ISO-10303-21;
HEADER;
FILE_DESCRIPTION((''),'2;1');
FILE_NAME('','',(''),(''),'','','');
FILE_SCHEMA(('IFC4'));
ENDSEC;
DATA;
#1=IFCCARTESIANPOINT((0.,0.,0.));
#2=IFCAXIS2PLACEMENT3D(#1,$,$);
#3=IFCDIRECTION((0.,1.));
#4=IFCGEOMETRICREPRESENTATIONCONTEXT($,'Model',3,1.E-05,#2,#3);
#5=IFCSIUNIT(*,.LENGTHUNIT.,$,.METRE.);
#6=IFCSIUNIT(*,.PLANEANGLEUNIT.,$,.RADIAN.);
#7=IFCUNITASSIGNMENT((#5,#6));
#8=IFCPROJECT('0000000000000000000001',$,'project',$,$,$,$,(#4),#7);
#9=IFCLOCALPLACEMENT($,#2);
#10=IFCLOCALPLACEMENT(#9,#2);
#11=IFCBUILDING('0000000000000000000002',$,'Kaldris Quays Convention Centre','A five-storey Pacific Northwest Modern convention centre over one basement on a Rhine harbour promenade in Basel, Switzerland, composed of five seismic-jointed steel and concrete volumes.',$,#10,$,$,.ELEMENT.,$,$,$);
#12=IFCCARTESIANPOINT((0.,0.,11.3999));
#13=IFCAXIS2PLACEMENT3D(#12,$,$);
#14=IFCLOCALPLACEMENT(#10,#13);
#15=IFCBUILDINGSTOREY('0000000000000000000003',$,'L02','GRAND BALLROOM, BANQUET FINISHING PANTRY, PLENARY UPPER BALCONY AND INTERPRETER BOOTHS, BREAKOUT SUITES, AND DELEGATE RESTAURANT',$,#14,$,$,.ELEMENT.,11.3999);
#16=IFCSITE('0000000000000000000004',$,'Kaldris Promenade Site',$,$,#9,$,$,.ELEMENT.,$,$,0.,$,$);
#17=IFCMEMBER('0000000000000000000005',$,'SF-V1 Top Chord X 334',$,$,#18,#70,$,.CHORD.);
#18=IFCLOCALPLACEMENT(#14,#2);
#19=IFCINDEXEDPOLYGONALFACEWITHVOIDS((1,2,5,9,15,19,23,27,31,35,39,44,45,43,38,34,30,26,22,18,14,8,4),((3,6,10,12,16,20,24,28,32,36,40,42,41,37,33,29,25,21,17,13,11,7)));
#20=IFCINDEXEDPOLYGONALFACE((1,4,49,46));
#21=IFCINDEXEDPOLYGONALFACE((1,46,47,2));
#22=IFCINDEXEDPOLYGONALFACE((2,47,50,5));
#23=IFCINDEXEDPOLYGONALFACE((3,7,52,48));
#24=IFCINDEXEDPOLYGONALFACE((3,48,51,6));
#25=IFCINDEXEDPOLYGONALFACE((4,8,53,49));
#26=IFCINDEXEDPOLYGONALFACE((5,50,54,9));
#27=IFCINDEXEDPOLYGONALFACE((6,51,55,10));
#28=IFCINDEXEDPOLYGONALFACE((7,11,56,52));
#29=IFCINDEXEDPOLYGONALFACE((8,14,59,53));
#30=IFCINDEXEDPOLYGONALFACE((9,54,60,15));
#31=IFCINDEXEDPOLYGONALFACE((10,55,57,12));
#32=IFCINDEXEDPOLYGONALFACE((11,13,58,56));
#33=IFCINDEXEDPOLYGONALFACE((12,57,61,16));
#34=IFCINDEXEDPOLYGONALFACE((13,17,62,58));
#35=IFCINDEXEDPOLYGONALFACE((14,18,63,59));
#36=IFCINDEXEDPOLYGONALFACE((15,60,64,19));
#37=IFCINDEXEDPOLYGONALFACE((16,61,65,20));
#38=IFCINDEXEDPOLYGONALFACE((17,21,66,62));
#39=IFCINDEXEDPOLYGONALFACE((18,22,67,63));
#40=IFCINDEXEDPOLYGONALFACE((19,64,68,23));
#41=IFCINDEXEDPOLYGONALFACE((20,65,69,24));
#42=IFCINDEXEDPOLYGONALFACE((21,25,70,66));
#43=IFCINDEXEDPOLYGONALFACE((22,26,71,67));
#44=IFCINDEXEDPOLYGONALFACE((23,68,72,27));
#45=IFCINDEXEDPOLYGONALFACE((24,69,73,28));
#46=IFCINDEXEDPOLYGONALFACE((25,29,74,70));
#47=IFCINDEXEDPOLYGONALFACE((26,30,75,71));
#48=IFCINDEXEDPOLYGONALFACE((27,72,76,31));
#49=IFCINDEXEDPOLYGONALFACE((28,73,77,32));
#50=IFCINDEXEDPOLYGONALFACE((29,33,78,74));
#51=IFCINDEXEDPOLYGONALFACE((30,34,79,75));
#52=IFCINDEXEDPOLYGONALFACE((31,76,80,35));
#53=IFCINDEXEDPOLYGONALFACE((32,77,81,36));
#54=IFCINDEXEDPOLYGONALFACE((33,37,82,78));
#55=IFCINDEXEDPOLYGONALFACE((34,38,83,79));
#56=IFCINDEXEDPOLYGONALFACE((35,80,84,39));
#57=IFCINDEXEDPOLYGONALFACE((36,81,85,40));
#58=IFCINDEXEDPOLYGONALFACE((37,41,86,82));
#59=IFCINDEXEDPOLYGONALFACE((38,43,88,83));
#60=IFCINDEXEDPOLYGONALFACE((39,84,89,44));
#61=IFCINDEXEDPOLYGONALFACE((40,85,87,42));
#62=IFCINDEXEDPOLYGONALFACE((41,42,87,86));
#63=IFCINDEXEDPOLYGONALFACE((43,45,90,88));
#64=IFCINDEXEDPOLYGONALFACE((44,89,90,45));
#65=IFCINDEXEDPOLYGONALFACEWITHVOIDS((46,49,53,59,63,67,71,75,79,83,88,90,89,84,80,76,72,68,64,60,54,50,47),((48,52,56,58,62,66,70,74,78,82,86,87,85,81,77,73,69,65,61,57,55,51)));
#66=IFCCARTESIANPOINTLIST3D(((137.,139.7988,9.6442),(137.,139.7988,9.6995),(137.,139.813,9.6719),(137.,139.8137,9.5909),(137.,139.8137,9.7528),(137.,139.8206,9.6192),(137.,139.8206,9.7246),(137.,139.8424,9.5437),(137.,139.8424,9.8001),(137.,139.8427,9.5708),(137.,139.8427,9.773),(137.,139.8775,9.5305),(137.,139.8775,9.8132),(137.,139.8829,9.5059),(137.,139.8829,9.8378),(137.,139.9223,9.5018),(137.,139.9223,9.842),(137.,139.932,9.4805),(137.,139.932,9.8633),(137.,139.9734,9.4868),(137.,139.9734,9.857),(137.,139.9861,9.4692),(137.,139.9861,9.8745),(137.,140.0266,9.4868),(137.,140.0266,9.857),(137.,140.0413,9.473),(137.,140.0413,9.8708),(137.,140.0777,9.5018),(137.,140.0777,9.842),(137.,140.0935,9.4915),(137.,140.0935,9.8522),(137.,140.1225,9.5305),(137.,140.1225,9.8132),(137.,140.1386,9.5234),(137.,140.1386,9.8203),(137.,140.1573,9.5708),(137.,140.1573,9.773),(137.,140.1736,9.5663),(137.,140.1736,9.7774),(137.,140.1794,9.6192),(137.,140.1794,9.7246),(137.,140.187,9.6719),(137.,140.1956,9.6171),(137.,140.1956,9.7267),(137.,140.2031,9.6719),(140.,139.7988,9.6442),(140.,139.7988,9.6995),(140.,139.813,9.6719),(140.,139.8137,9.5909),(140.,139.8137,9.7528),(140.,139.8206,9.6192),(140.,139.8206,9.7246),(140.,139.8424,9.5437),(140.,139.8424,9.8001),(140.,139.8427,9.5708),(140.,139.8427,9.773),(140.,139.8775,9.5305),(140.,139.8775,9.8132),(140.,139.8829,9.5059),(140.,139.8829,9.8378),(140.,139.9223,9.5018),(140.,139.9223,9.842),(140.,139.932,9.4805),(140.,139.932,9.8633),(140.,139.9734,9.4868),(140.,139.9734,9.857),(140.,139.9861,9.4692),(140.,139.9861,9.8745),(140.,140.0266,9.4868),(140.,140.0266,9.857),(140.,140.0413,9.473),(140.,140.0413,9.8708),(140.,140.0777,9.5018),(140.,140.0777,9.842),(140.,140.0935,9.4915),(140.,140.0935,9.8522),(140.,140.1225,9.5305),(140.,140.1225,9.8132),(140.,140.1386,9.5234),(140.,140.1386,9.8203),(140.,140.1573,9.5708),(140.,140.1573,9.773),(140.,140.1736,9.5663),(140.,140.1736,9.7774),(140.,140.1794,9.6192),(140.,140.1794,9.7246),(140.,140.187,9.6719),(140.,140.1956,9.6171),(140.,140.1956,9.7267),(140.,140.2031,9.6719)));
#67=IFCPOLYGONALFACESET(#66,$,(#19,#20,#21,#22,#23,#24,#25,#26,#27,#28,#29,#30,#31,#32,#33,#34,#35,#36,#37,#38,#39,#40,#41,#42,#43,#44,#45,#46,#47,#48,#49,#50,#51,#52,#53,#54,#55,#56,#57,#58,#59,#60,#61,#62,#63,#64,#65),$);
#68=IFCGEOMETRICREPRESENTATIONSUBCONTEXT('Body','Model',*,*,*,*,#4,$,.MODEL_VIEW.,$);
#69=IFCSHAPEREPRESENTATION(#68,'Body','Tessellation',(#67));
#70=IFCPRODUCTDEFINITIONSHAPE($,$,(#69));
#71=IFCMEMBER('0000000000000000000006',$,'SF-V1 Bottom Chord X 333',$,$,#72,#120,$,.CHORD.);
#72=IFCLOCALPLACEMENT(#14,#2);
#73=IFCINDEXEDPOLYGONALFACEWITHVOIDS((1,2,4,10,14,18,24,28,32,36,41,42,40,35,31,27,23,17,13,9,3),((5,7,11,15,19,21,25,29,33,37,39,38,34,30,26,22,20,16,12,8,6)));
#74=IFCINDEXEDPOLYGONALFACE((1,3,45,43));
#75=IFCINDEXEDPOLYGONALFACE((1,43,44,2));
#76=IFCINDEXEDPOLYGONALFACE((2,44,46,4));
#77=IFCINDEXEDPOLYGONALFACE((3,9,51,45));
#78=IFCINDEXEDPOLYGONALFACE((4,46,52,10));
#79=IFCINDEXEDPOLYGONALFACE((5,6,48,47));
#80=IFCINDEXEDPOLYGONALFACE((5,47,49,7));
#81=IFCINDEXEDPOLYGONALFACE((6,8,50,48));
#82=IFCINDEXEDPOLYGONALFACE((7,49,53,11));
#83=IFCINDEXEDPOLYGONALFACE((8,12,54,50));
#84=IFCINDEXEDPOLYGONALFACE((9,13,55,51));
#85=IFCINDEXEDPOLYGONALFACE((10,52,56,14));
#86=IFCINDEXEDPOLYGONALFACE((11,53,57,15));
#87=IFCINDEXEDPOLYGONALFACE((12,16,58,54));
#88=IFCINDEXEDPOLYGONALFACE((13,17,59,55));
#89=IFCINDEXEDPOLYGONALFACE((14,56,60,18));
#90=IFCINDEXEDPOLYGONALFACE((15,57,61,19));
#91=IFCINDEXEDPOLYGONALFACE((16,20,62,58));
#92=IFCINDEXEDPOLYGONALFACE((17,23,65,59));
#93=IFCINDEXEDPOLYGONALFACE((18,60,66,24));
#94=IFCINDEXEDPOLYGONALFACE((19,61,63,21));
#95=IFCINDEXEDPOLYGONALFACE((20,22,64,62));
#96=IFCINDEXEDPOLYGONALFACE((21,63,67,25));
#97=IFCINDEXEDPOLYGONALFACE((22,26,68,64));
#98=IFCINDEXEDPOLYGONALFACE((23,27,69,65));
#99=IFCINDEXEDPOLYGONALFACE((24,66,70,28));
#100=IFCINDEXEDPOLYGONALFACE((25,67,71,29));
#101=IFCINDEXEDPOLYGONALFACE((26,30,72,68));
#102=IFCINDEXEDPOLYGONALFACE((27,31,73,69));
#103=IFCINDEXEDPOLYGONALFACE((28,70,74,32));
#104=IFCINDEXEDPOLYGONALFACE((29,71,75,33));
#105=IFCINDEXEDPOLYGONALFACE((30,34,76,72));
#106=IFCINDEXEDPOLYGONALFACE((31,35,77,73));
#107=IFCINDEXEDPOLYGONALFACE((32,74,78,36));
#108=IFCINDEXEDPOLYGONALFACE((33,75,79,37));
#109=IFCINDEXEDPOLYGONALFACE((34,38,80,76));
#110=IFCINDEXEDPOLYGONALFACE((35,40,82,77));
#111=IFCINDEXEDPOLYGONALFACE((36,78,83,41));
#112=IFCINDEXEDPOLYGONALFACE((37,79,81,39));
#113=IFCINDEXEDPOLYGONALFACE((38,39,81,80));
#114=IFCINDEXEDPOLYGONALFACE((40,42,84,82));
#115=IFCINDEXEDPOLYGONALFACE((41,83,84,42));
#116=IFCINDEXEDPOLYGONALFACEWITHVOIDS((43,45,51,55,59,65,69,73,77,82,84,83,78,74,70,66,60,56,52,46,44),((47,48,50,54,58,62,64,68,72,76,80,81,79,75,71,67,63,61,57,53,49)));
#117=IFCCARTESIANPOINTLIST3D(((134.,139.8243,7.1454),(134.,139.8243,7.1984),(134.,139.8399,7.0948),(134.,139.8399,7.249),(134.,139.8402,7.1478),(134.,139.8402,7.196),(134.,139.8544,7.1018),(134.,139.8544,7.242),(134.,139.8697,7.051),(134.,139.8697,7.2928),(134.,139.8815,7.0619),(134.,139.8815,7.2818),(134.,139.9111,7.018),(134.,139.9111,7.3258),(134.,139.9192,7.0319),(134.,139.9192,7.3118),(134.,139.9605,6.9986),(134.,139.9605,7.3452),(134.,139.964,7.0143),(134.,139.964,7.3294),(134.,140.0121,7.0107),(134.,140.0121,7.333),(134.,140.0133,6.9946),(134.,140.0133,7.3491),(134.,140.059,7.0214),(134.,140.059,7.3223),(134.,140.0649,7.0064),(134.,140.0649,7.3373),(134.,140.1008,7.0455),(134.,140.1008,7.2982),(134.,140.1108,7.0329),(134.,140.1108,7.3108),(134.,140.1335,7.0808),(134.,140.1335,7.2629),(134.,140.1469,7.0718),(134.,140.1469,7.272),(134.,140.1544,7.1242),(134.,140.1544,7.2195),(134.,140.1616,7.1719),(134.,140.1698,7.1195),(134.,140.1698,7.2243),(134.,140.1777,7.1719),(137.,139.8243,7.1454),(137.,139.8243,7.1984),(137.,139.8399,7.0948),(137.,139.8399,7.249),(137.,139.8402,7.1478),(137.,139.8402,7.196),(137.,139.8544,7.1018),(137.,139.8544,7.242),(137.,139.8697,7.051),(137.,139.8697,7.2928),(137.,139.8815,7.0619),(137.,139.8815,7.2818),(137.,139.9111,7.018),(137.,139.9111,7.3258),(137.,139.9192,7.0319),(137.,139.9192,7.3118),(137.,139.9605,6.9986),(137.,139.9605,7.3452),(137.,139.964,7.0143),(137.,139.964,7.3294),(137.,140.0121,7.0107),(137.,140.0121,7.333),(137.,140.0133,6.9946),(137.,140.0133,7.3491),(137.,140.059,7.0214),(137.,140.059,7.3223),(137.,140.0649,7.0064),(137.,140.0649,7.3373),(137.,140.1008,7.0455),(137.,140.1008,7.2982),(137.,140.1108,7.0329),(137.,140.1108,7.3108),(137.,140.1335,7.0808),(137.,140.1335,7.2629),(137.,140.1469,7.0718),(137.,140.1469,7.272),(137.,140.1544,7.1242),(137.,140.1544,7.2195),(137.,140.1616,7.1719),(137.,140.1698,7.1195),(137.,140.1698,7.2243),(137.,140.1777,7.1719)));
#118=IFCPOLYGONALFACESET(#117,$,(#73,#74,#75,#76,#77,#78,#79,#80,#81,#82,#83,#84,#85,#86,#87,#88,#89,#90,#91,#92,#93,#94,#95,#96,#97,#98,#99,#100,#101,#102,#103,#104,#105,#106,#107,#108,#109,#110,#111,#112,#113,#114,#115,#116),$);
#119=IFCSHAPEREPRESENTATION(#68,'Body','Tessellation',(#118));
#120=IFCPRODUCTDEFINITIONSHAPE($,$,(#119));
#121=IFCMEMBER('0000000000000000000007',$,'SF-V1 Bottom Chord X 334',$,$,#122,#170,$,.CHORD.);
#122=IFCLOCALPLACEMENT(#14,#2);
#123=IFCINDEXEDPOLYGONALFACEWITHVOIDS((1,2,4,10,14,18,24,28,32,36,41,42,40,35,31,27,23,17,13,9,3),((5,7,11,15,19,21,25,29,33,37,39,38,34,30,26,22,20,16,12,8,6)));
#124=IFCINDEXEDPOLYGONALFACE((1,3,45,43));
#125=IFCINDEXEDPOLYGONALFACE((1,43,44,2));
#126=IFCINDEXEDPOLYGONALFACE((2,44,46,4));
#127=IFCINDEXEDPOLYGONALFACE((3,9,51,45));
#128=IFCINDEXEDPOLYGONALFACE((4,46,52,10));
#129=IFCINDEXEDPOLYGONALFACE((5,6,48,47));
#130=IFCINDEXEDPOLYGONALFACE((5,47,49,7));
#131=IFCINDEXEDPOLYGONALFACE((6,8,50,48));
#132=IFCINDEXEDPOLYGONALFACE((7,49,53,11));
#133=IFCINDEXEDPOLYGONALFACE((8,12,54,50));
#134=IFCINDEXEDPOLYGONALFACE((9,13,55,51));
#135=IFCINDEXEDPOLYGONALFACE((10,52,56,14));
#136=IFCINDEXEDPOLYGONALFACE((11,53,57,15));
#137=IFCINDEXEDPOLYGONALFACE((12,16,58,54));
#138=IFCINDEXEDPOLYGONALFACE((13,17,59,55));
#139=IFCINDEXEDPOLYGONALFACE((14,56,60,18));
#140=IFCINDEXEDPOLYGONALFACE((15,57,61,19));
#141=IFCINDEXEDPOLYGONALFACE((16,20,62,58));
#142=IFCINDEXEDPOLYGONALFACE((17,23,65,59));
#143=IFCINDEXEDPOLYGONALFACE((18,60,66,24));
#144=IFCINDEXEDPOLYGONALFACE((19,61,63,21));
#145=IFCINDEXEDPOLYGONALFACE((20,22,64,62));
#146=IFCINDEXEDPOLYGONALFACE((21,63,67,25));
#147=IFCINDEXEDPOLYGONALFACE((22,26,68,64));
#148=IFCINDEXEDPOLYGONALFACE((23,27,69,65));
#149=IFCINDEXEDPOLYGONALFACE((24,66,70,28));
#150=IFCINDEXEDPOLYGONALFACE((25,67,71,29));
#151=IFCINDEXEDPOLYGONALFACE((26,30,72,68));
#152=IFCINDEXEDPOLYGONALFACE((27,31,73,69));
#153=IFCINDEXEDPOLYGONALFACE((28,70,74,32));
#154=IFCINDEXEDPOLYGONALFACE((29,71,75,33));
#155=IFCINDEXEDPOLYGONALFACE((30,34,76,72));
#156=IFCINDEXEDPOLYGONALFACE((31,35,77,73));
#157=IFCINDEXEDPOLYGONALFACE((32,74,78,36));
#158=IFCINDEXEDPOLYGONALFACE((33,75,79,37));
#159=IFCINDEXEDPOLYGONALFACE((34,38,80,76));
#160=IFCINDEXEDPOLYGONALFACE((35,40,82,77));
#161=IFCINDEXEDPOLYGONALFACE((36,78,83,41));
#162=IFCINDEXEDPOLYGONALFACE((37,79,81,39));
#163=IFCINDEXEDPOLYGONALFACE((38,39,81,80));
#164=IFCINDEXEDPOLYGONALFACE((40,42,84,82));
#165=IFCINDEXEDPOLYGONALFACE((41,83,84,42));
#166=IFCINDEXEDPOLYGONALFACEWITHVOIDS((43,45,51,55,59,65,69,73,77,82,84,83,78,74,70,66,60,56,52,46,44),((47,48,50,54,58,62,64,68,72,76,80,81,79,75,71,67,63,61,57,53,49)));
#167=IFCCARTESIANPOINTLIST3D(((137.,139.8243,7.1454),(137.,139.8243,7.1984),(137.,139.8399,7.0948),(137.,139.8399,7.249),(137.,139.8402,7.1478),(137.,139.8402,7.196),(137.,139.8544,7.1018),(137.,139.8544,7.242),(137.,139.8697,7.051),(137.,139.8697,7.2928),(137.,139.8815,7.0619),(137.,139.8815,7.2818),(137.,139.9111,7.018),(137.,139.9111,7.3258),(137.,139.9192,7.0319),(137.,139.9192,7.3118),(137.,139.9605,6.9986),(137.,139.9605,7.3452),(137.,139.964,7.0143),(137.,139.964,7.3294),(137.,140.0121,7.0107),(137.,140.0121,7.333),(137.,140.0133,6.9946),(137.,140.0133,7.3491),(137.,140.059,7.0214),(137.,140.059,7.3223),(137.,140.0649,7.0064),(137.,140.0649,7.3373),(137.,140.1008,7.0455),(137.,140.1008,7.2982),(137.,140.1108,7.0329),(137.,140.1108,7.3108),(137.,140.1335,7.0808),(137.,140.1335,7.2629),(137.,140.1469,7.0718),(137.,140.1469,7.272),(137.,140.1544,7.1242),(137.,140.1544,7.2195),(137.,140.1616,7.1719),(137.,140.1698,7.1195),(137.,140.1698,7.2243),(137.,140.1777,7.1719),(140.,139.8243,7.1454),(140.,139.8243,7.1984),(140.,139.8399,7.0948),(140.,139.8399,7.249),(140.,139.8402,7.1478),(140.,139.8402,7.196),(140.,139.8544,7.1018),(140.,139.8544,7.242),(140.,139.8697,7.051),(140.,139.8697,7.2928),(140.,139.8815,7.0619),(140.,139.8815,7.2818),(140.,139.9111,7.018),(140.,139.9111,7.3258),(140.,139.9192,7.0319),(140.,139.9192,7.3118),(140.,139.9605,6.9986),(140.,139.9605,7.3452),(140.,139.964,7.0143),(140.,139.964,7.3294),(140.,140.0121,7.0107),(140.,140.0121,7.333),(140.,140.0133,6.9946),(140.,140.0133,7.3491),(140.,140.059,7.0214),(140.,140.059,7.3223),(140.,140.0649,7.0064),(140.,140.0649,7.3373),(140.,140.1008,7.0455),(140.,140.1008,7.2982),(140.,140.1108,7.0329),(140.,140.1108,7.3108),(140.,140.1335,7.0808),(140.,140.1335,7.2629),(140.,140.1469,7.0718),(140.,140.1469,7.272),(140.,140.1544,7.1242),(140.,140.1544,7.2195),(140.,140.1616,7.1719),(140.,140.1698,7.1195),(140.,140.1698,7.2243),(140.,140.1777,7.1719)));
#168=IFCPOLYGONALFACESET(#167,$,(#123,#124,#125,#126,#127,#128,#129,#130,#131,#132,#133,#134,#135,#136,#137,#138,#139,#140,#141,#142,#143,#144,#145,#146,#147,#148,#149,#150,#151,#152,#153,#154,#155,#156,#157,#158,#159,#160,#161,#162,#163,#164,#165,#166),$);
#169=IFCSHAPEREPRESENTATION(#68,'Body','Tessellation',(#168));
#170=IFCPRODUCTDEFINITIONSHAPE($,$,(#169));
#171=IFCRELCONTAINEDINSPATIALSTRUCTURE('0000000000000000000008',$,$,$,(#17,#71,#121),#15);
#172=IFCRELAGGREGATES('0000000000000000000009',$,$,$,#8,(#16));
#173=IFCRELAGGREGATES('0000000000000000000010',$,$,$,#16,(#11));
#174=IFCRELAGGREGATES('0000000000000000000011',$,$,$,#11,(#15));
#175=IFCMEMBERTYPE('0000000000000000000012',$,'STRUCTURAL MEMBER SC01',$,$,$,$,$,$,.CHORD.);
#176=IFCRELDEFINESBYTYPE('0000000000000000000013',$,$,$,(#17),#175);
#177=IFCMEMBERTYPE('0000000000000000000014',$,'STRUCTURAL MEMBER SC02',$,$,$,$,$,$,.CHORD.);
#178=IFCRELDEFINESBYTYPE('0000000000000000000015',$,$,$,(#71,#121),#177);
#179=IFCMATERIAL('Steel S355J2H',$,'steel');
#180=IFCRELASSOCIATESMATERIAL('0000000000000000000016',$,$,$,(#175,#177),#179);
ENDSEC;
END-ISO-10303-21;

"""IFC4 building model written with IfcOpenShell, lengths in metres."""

from ifc_helpers import new_model, si_unit, direction, frame, origin, origin_2d, place, context, subcontext, project, spatial, hollow_circle, extrude, material, material_profile, profile_set, type_object, element, save


model = new_model("IFC4")

# Units and contexts
model_context = context("Model", 3, precision=1e-05, world=origin(), true_north=direction((0.0, 1.0)))
body_context = subcontext(model_context, "Body", "Model", "MODEL_VIEW")
ifc_project = project(units=[si_unit("LENGTHUNIT", "METRE"), si_unit("PLANEANGLEUNIT", "RADIAN")], contexts=[model_context])

# Site, building, storey
site_placement = place(None, origin())
site = spatial("IfcSite", under=ifc_project, at=site_placement, Name="Kaldris Promenade Site", CompositionType="ELEMENT", RefElevation=0.0)
building_placement = place(site_placement, origin())
building = spatial("IfcBuilding", under=site, at=building_placement, Name="Kaldris Quays Convention Centre", Description="A five-storey Pacific Northwest Modern convention centre over one basement on a Rhine harbour promenade in Basel, Switzerland, composed of five seismic-jointed steel and concrete volumes.", CompositionType="ELEMENT")
storey_placement = place(building_placement, frame((0.0, 0.0, 11.3999)))
storey = spatial("IfcBuildingStorey", under=building, at=storey_placement, Name="L02", Description="GRAND BALLROOM, BANQUET FINISHING PANTRY, PLENARY UPPER BALCONY AND INTERPRETER BOOTHS, BREAKOUT SUITES, AND DELEGATE RESTAURANT", CompositionType="ELEMENT", Elevation=11.3999)

# Members
ifc_material_1 = material(Name="Steel S355J2H", Category="steel")
ifc_material_profile_1 = material_profile(ifc_material_1, hollow_circle(Radius=0.2031, WallThickness=0.0161, at=origin_2d()), Name="CHS 406.4x16")
ifc_profile_set_1 = profile_set([ifc_material_profile_1], Name="Steel S355J2H")
member_type_1 = type_object("IfcMemberType", Name="STRUCTURAL MEMBER SC01", PredefinedType="CHORD", material=ifc_profile_set_1)
member_1_placement = place(storey_placement, frame((137.0, 140.0, 9.6719), z_axis=(1.0, 0.0, 0.0), x_axis=(0.0, 1.0, 0.0)))
element("IfcMember", 1, at=member_1_placement, inside=storey, type_object=member_type_1, Name="SF-V1 Top Chord X 334", PredefinedType="CHORD", context=body_context, shape_type="SweptSolid", body=[
    extrude(hollow_circle(Radius=0.2031, WallThickness=0.0161, at=origin_2d()), origin(), (0.0, 0.0, 1.0), 3.0),
])
ifc_material_profile_2 = material_profile(ifc_material_1, hollow_circle(Radius=0.1777, WallThickness=0.0161, at=origin_2d()), Name="CHS 355.6x16")
ifc_profile_set_2 = profile_set([ifc_material_profile_2], Name="Steel S355J2H")
member_type_2 = type_object("IfcMemberType", Name="STRUCTURAL MEMBER SC02", PredefinedType="CHORD", material=ifc_profile_set_2)
for number, where, z_axis, x_axis, name in (
    (2, (134.0, 140.0, 7.1719), (1.0, 0.0, 0.0), (0.0, 1.0, 0.0), "SF-V1 Bottom Chord X 333"),
    (3, (137.0, 140.0, 7.1719), (1.0, 0.0, 0.0), (0.0, 1.0, 0.0), "SF-V1 Bottom Chord X 334"),
):
    element("IfcMember", number, at=place(storey_placement, frame(where, z_axis=z_axis, x_axis=x_axis)), inside=storey, type_object=member_type_2, Name=name, PredefinedType="CHORD", context=body_context, shape_type="SweptSolid", body=[
        extrude(hollow_circle(Radius=0.1777, WallThickness=0.0161, at=origin_2d()), origin(), (0.0, 0.0, 1.0), 3.0),
    ])

save(model, "model.ifc")
